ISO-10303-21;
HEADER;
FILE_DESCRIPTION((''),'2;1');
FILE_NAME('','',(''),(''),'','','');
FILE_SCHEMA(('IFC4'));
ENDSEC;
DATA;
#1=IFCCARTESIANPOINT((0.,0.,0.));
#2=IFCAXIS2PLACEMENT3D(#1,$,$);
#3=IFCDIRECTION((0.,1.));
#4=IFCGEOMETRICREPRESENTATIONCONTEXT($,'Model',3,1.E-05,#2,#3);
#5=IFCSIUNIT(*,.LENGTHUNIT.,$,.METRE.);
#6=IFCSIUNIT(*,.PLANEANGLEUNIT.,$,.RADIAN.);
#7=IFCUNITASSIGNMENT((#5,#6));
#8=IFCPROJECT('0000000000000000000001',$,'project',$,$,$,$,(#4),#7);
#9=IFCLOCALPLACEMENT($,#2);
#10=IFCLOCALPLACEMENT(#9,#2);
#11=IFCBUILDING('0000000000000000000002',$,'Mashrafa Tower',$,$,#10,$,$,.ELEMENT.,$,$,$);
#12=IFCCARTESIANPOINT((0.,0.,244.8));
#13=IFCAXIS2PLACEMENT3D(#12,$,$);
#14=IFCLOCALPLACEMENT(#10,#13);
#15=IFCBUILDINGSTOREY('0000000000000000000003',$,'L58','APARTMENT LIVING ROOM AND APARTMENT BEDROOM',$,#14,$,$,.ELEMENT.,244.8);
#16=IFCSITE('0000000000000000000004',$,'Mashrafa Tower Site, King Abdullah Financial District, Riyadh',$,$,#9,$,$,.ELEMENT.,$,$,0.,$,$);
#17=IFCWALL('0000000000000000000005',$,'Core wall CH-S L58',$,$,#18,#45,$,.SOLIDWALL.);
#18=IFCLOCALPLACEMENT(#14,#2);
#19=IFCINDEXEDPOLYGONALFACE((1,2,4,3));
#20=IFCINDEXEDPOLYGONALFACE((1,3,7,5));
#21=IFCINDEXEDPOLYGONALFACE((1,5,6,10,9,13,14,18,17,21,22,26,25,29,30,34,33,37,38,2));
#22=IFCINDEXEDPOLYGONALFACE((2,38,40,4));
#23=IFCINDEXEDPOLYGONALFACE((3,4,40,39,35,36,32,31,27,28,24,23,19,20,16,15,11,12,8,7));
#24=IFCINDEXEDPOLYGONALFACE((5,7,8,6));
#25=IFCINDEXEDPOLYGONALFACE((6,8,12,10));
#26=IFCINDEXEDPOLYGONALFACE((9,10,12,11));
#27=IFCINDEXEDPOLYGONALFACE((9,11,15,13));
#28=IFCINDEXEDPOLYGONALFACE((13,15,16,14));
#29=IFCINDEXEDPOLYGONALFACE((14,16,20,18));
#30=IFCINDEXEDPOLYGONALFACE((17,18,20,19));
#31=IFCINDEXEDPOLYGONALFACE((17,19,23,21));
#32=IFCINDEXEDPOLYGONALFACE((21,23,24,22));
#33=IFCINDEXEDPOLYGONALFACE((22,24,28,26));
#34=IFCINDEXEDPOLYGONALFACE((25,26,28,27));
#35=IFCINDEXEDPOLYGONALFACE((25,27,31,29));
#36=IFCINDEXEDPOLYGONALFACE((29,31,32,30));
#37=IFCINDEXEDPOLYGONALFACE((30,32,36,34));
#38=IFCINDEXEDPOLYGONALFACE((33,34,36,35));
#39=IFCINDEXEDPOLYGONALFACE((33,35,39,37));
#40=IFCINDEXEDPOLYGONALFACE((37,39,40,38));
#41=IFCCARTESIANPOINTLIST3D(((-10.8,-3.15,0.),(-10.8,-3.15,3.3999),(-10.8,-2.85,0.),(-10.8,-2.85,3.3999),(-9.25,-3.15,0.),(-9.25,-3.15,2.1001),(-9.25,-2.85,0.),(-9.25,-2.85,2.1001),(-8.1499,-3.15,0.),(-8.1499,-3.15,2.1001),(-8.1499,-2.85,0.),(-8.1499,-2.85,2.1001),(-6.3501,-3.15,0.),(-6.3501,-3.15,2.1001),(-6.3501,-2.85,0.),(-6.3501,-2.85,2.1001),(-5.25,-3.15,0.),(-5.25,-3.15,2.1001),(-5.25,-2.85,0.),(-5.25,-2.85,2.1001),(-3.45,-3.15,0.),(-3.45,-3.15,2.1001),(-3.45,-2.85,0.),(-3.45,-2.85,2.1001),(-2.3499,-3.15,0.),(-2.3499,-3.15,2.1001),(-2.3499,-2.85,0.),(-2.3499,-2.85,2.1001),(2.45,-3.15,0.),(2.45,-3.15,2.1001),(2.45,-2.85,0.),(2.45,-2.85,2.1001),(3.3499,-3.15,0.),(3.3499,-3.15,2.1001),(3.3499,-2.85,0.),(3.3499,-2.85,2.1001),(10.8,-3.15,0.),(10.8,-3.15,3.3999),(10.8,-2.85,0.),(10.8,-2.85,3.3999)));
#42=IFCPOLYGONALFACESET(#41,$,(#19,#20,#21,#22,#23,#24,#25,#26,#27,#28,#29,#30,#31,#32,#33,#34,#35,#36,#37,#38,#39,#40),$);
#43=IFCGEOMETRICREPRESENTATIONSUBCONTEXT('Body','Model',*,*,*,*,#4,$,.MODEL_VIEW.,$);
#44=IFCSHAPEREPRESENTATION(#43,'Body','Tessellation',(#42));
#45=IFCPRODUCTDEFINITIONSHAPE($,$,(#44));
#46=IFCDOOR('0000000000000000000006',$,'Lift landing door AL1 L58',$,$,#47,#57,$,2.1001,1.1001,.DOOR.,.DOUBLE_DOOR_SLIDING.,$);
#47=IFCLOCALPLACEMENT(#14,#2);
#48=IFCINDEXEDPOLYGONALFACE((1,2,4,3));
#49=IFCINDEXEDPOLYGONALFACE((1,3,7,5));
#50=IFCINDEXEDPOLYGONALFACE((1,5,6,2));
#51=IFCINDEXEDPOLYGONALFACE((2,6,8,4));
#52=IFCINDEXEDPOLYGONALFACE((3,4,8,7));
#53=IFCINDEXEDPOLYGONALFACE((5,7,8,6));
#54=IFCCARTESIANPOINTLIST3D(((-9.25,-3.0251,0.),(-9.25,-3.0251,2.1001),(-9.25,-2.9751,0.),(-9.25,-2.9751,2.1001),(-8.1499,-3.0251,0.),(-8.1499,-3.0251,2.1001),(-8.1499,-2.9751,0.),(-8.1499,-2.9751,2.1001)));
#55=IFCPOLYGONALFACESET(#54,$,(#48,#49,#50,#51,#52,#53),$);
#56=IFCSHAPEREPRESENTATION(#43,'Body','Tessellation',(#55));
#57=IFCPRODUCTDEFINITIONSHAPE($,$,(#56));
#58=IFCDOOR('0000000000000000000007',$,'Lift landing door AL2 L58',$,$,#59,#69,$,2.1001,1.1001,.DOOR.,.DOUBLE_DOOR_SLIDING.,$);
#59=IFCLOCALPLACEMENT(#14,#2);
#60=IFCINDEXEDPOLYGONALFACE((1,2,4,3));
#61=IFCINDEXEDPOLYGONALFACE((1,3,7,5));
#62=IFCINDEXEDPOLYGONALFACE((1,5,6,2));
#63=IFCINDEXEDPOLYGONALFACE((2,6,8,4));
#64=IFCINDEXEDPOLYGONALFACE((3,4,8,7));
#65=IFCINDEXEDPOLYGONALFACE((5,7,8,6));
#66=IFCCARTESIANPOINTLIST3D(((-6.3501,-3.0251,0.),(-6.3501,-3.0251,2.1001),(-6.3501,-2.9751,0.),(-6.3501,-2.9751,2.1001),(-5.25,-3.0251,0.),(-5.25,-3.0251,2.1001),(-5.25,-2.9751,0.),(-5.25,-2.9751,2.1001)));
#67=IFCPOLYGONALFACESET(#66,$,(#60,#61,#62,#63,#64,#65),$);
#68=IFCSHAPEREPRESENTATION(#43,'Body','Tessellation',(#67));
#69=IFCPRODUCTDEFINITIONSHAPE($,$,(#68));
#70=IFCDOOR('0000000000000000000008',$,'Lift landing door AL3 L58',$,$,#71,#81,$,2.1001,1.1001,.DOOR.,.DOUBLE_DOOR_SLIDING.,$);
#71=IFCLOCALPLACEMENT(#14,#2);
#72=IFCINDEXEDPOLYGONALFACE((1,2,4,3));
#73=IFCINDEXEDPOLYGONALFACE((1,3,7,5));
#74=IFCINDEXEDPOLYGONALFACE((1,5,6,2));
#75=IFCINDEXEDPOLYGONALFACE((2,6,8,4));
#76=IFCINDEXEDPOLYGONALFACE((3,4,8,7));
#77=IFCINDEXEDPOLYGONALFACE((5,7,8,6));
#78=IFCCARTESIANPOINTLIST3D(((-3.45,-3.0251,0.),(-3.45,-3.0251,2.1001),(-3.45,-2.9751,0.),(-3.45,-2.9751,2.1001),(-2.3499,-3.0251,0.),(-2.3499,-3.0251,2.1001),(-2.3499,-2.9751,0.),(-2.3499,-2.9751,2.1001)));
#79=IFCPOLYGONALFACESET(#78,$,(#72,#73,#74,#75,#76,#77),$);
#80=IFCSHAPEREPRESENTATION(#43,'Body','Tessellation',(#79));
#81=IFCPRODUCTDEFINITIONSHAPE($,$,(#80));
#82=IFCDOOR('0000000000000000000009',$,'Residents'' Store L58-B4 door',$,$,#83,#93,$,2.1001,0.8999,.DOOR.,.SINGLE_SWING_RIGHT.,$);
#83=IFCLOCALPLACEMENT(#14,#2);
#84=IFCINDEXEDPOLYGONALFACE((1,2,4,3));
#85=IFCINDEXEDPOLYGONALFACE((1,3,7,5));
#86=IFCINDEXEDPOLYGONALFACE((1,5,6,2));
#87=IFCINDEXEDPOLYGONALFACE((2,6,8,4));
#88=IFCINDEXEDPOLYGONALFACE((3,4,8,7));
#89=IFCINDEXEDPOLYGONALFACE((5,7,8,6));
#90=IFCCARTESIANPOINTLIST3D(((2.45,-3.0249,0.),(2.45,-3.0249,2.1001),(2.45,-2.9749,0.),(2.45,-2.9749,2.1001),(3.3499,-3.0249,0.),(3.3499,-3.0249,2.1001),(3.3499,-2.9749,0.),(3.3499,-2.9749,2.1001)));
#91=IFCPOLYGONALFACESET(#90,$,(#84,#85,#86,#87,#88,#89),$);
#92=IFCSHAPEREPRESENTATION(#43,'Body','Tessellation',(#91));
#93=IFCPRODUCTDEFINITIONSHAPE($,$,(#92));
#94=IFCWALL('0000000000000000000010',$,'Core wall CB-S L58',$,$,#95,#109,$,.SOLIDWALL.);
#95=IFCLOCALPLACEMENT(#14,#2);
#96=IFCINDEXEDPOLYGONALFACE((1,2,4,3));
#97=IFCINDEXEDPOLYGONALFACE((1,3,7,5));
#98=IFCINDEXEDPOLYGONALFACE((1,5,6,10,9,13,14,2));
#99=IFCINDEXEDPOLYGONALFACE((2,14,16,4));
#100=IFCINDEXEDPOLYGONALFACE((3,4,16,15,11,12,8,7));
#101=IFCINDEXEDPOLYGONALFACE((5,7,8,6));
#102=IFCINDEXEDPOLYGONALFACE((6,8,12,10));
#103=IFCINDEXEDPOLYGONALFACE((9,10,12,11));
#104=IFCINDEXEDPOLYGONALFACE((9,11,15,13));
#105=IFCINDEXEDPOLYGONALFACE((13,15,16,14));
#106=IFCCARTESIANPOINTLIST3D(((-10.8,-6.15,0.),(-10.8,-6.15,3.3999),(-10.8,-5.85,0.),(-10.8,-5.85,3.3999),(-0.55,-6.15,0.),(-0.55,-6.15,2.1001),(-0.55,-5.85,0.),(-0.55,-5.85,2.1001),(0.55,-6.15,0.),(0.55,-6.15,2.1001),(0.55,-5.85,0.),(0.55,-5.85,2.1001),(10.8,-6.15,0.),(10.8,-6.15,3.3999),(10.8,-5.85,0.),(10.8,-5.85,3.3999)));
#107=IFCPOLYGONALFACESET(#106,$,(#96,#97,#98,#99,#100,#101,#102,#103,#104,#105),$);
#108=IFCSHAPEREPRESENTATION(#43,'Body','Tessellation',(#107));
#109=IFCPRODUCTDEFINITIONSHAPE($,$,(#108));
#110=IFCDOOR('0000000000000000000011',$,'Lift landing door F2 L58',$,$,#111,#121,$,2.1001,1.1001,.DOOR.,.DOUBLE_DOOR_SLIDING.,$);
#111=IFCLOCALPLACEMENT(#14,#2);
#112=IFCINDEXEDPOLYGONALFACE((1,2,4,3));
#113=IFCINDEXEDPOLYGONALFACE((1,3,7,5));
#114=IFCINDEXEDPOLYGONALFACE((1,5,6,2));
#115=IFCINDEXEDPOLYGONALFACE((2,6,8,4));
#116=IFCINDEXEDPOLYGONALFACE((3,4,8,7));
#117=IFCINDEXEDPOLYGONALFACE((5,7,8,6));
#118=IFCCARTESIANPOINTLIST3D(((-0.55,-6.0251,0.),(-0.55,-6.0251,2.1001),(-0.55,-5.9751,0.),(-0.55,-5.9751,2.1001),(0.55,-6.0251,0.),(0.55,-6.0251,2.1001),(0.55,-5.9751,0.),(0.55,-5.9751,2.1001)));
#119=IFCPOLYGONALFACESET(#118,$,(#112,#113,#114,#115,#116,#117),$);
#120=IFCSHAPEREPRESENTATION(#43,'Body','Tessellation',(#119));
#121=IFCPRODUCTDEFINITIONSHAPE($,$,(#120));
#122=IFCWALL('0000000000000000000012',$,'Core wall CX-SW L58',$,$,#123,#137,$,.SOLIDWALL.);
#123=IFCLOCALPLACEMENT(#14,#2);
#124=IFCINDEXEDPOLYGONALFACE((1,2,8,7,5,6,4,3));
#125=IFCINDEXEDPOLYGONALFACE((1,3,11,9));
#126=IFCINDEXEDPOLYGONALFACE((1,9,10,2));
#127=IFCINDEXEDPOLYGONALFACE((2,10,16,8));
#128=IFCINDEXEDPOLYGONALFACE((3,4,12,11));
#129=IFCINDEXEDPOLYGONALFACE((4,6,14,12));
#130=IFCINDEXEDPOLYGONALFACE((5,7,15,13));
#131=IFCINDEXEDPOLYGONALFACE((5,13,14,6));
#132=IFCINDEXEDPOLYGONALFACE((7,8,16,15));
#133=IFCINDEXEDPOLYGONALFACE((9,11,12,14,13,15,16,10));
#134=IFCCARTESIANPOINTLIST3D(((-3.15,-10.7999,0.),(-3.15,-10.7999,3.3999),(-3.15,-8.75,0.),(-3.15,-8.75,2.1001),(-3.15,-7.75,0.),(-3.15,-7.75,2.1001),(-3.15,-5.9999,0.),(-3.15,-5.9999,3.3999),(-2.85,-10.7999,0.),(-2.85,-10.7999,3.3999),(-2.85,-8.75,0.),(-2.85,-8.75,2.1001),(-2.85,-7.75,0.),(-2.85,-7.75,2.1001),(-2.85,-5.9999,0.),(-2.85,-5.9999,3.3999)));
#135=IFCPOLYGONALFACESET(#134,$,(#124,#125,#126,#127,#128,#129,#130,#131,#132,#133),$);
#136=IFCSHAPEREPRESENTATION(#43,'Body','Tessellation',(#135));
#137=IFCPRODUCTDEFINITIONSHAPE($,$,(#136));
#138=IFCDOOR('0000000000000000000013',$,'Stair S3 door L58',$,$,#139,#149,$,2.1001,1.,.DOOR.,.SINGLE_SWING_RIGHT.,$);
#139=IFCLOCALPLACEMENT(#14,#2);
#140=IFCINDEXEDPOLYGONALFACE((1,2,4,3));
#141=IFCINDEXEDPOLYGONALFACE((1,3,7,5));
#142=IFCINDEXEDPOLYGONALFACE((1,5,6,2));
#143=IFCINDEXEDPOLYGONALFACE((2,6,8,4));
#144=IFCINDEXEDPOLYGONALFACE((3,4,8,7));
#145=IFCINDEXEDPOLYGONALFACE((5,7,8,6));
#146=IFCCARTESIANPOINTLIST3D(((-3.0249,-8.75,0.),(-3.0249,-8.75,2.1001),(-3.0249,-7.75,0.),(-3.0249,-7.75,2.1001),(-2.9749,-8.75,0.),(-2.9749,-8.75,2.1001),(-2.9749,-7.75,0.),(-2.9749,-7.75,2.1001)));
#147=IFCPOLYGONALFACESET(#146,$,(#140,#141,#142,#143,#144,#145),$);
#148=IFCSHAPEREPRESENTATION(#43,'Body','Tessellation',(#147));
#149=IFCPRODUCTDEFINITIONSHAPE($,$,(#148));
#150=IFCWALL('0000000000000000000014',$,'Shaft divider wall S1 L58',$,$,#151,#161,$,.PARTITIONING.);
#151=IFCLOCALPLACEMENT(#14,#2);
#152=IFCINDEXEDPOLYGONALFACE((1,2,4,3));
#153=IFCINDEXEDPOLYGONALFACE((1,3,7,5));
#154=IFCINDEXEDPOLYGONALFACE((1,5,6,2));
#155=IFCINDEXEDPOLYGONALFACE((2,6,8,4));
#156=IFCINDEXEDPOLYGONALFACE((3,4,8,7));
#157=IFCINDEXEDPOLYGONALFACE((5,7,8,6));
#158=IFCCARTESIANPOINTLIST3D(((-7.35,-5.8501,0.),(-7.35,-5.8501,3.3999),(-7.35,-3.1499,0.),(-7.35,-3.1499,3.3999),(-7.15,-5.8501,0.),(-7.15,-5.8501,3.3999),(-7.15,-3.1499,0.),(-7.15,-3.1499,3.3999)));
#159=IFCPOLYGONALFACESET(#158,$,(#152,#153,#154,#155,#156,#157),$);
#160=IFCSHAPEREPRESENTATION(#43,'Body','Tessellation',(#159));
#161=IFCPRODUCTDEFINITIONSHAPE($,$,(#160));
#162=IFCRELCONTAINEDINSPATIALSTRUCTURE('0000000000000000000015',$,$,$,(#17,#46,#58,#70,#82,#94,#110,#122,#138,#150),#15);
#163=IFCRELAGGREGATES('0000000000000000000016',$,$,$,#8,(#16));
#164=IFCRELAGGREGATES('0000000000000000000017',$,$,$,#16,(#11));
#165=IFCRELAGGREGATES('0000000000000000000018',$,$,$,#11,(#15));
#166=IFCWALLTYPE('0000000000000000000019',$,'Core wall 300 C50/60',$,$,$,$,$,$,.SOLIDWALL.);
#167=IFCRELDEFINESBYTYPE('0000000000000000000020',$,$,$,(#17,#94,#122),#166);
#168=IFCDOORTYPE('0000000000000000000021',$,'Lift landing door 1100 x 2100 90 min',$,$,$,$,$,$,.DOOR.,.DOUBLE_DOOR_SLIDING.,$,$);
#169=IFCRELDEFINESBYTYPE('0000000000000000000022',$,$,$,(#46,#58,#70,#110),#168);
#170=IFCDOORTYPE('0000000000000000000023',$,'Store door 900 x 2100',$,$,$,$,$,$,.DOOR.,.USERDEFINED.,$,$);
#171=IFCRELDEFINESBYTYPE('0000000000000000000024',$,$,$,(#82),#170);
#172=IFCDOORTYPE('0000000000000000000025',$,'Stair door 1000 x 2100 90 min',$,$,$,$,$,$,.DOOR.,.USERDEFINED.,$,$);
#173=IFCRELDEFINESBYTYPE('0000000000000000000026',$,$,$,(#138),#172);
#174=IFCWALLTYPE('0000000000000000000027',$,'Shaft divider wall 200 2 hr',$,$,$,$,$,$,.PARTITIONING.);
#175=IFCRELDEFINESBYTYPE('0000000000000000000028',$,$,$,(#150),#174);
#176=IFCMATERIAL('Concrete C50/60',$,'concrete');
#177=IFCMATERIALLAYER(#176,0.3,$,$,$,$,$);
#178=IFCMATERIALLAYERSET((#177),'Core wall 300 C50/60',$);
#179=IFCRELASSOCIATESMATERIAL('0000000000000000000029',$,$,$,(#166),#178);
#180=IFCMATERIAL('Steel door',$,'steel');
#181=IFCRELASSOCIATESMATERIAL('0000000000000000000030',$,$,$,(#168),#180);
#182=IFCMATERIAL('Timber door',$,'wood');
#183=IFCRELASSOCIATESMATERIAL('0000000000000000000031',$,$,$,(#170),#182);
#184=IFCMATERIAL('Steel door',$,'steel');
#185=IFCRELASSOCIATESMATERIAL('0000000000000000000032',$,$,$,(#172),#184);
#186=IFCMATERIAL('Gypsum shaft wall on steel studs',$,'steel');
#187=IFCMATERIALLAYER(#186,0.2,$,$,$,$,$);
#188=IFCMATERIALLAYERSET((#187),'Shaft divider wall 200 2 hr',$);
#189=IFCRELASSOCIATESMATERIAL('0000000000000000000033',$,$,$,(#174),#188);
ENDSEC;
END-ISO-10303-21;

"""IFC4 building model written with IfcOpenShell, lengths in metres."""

from ifc_helpers import new_model, si_unit, direction, frame, frame_2d, origin, place, context, subcontext, project, spatial, rectangle, extrude, material, layer, layer_set, type_object, element, fill, save


model = new_model("IFC4")

# Units and contexts
model_context = context("Model", 3, precision=1e-05, world=origin(), true_north=direction((0.0, 1.0)))
body_context = subcontext(model_context, "Body", "Model", "MODEL_VIEW")
ifc_project = project(units=[si_unit("LENGTHUNIT", "METRE"), si_unit("PLANEANGLEUNIT", "RADIAN")], contexts=[model_context])

# Site, building, storey
site_placement = place(None, origin())
site = spatial("IfcSite", under=ifc_project, at=site_placement, Name="Mashrafa Tower Site, King Abdullah Financial District, Riyadh", CompositionType="ELEMENT", RefElevation=0.0)
building_placement = place(site_placement, origin())
building = spatial("IfcBuilding", under=site, at=building_placement, Name="Mashrafa Tower", CompositionType="ELEMENT")
storey_placement = place(building_placement, frame((0.0, 0.0, 244.8)))
storey = spatial("IfcBuildingStorey", under=building, at=storey_placement, Name="L58", Description="APARTMENT LIVING ROOM AND APARTMENT BEDROOM", CompositionType="ELEMENT", Elevation=244.8)

# Wall, openings, doors
ifc_material_1 = material(Name="Concrete C50/60", Category="concrete")
ifc_layer_1 = layer(ifc_material_1, 0.3)
ifc_layer_set_1 = layer_set([ifc_layer_1], Name="Core wall 300 C50/60")
wall_type_1 = type_object("IfcWallType", Name="Core wall 300 C50/60", PredefinedType="SOLIDWALL", material=ifc_layer_set_1)
wall_1_placement = place(storey_placement, frame((-10.8, -3.0, 0.0), z_axis=(0.0, 0.0, 1.0), x_axis=(1.0, 0.0, 0.0)))
wall_1 = element("IfcWall", 1, at=wall_1_placement, inside=storey, type_object=wall_type_1, Name="Core wall CH-S L58", PredefinedType="SOLIDWALL", context=body_context, shape_type="SweptSolid", body=[
    extrude(rectangle(XDim=21.6001, YDim=0.3, at=frame_2d((10.8, 0.0))), origin(), (0.0, 0.0, 1.0), 3.3999),
])
opening_1_placement = place(wall_1_placement, frame((13.25, 0.0, 0.0)))
opening_1 = element("IfcOpeningElement", 2, at=opening_1_placement, cuts=wall_1, PredefinedType="OPENING", context=body_context, shape_type="SweptSolid", body=[
    extrude(rectangle(XDim=0.8999, YDim=2.1001, at=frame_2d((0.45, 1.05))), frame((0.0, 0.1599, 0.0), z_axis=(0.0, -1.0, 0.0), x_axis=(1.0, 0.0, 0.0)), (0.0, 0.0, 1.0), 0.3201),
])
opening_2_placement = place(wall_1_placement, frame((1.55, 0.0, 0.0)))
opening_2 = element("IfcOpeningElement", 3, at=opening_2_placement, cuts=wall_1, PredefinedType="OPENING", context=body_context, shape_type="SweptSolid", body=[
    extrude(rectangle(XDim=1.1001, YDim=2.1001, at=frame_2d((0.55, 1.05))), frame((0.0, 0.1599, 0.0), z_axis=(0.0, -1.0, 0.0), x_axis=(1.0, 0.0, 0.0)), (0.0, 0.0, 1.0), 0.3201),
])
opening_3_placement = place(wall_1_placement, frame((4.45, 0.0, 0.0)))
opening_3 = element("IfcOpeningElement", 4, at=opening_3_placement, cuts=wall_1, PredefinedType="OPENING", context=body_context, shape_type="SweptSolid", body=[
    extrude(rectangle(XDim=1.1001, YDim=2.1001, at=frame_2d((0.55, 1.05))), frame((0.0, 0.1599, 0.0), z_axis=(0.0, -1.0, 0.0), x_axis=(1.0, 0.0, 0.0)), (0.0, 0.0, 1.0), 0.3201),
])
opening_4_placement = place(wall_1_placement, frame((7.3501, 0.0, 0.0)))
opening_4 = element("IfcOpeningElement", 5, at=opening_4_placement, cuts=wall_1, PredefinedType="OPENING", context=body_context, shape_type="SweptSolid", body=[
    extrude(rectangle(XDim=1.1001, YDim=2.1001, at=frame_2d((0.55, 1.05))), frame((0.0, 0.1599, 0.0), z_axis=(0.0, -1.0, 0.0), x_axis=(1.0, 0.0, 0.0)), (0.0, 0.0, 1.0), 0.3201),
])
ifc_material_2 = material(Name="Steel door", Category="steel")
door_type_1 = type_object("IfcDoorType", Name="Lift landing door 1100 x 2100 90 min", OperationType="DOUBLE_DOOR_SLIDING", PredefinedType="DOOR", material=ifc_material_2)
door_1_placement = place(opening_2_placement, origin())
door_1 = element("IfcDoor", 6, at=door_1_placement, inside=storey, type_object=door_type_1, Name="Lift landing door AL1 L58", OperationType="DOUBLE_DOOR_SLIDING", OverallHeight=2.1001, OverallWidth=1.1001, PredefinedType="DOOR", context=body_context, shape_type="SweptSolid", body=[
    extrude(rectangle(XDim=1.1001, YDim=2.1001, at=frame_2d((0.55, 1.05))), frame((0.0, 0.0249, 0.0), z_axis=(0.0, -1.0, 0.0), x_axis=(1.0, 0.0, 0.0)), (0.0, 0.0, 1.0), 0.05),
])
fill(opening_2, door_1)
door_2_placement = place(opening_3_placement, origin())
door_2 = element("IfcDoor", 7, at=door_2_placement, inside=storey, type_object=door_type_1, Name="Lift landing door AL2 L58", OperationType="DOUBLE_DOOR_SLIDING", OverallHeight=2.1001, OverallWidth=1.1001, PredefinedType="DOOR", context=body_context, shape_type="SweptSolid", body=[
    extrude(rectangle(XDim=1.1001, YDim=2.1001, at=frame_2d((0.55, 1.05))), frame((0.0, 0.0249, 0.0), z_axis=(0.0, -1.0, 0.0), x_axis=(1.0, 0.0, 0.0)), (0.0, 0.0, 1.0), 0.05),
])
fill(opening_3, door_2)
door_3_placement = place(opening_4_placement, origin())
door_3 = element("IfcDoor", 8, at=door_3_placement, inside=storey, type_object=door_type_1, Name="Lift landing door AL3 L58", OperationType="DOUBLE_DOOR_SLIDING", OverallHeight=2.1001, OverallWidth=1.1001, PredefinedType="DOOR", context=body_context, shape_type="SweptSolid", body=[
    extrude(rectangle(XDim=1.1001, YDim=2.1001, at=frame_2d((0.55, 1.05))), frame((0.0, 0.0249, 0.0), z_axis=(0.0, -1.0, 0.0), x_axis=(1.0, 0.0, 0.0)), (0.0, 0.0, 1.0), 0.05),
])
fill(opening_4, door_3)
ifc_material_3 = material(Name="Timber door", Category="wood")
door_type_2 = type_object("IfcDoorType", Name="Store door 900 x 2100", OperationType="USERDEFINED", PredefinedType="DOOR", material=ifc_material_3)
door_4_placement = place(opening_1_placement, frame((0.8999, 0.0, 0.0), z_axis=(0.0, 0.0, 1.0), x_axis=(-1.0, 0.0, 0.0)))
door_4 = element("IfcDoor", 9, at=door_4_placement, inside=storey, type_object=door_type_2, Name="Residents' Store L58-B4 door", OperationType="SINGLE_SWING_RIGHT", OverallHeight=2.1001, OverallWidth=0.8999, PredefinedType="DOOR", context=body_context, shape_type="SweptSolid", body=[
    extrude(rectangle(XDim=0.8999, YDim=2.1001, at=frame_2d((0.45, 1.05))), frame((0.0, 0.0249, 0.0), z_axis=(0.0, -1.0, 0.0), x_axis=(1.0, 0.0, 0.0)), (0.0, 0.0, 1.0), 0.05),
])
fill(opening_1, door_4)

# Walls, openings, doors
wall_2_placement = place(storey_placement, frame((-10.8, -6.0, 0.0), z_axis=(0.0, 0.0, 1.0), x_axis=(1.0, 0.0, 0.0)))
wall_2 = element("IfcWall", 10, at=wall_2_placement, inside=storey, type_object=wall_type_1, Name="Core wall CB-S L58", PredefinedType="SOLIDWALL", context=body_context, shape_type="SweptSolid", body=[
    extrude(rectangle(XDim=21.6001, YDim=0.3, at=frame_2d((10.8, 0.0))), origin(), (0.0, 0.0, 1.0), 3.3999),
])
opening_5_placement = place(wall_2_placement, frame((10.25, 0.0, 0.0)))
opening_5 = element("IfcOpeningElement", 11, at=opening_5_placement, cuts=wall_2, PredefinedType="OPENING", context=body_context, shape_type="SweptSolid", body=[
    extrude(rectangle(XDim=1.1001, YDim=2.1001, at=frame_2d((0.55, 1.05))), frame((0.0, 0.1599, 0.0), z_axis=(0.0, -1.0, 0.0), x_axis=(1.0, 0.0, 0.0)), (0.0, 0.0, 1.0), 0.3201),
])
door_5_placement = place(opening_5_placement, origin())
door_5 = element("IfcDoor", 12, at=door_5_placement, inside=storey, type_object=door_type_1, Name="Lift landing door F2 L58", OperationType="DOUBLE_DOOR_SLIDING", OverallHeight=2.1001, OverallWidth=1.1001, PredefinedType="DOOR", context=body_context, shape_type="SweptSolid", body=[
    extrude(rectangle(XDim=1.1001, YDim=2.1001, at=frame_2d((0.55, 1.05))), frame((0.0, 0.0249, 0.0), z_axis=(0.0, -1.0, 0.0), x_axis=(1.0, 0.0, 0.0)), (0.0, 0.0, 1.0), 0.05),
])
fill(opening_5, door_5)
wall_3_placement = place(storey_placement, frame((-3.0, -6.0, 0.0), z_axis=(0.0, 0.0, 1.0), x_axis=(0.0, -1.0, 0.0)))
wall_3 = element("IfcWall", 13, at=wall_3_placement, inside=storey, type_object=wall_type_1, Name="Core wall CX-SW L58", PredefinedType="SOLIDWALL", context=body_context, shape_type="SweptSolid", body=[
    extrude(rectangle(XDim=4.8, YDim=0.3, at=frame_2d((2.3999, 0.0))), origin(), (0.0, 0.0, 1.0), 3.3999),
])
opening_6_placement = place(wall_3_placement, frame((1.75, 0.0, 0.0)))
opening_6 = element("IfcOpeningElement", 14, at=opening_6_placement, cuts=wall_3, PredefinedType="OPENING", context=body_context, shape_type="SweptSolid", body=[
    extrude(rectangle(XDim=1.0, YDim=2.1001, at=frame_2d((0.5, 1.05))), frame((0.0, 0.1599, 0.0), z_axis=(0.0, -1.0, 0.0), x_axis=(1.0, 0.0, 0.0)), (0.0, 0.0, 1.0), 0.3201),
])
ifc_material_4 = material(Name="Steel door", Category="steel")
door_type_3 = type_object("IfcDoorType", Name="Stair door 1000 x 2100 90 min", OperationType="USERDEFINED", PredefinedType="DOOR", material=ifc_material_4)
door_6_placement = place(opening_6_placement, frame((1.0, 0.0, 0.0), z_axis=(0.0, 0.0, 1.0), x_axis=(-1.0, 0.0, 0.0)))
door_6 = element("IfcDoor", 15, at=door_6_placement, inside=storey, type_object=door_type_3, Name="Stair S3 door L58", OperationType="SINGLE_SWING_RIGHT", OverallHeight=2.1001, OverallWidth=1.0, PredefinedType="DOOR", context=body_context, shape_type="SweptSolid", body=[
    extrude(rectangle(XDim=1.0, YDim=2.1001, at=frame_2d((0.5, 1.05))), frame((0.0, 0.0249, 0.0), z_axis=(0.0, -1.0, 0.0), x_axis=(1.0, 0.0, 0.0)), (0.0, 0.0, 1.0), 0.05),
])
fill(opening_6, door_6)

# Wall
ifc_material_5 = material(Name="Gypsum shaft wall on steel studs", Category="steel")
ifc_layer_2 = layer(ifc_material_5, 0.2)
ifc_layer_set_2 = layer_set([ifc_layer_2], Name="Shaft divider wall 200 2 hr")
wall_type_2 = type_object("IfcWallType", Name="Shaft divider wall 200 2 hr", PredefinedType="PARTITIONING", material=ifc_layer_set_2)
for number, where, z_axis, x_axis, name in (
    (16, (-7.25, -5.8501, 0.0), (0.0, 0.0, 1.0), (0.0, 1.0, 0.0), "Shaft divider wall S1 L58"),
):
    element("IfcWall", number, at=place(storey_placement, frame(where, z_axis=z_axis, x_axis=x_axis)), inside=storey, type_object=wall_type_2, Name=name, PredefinedType="PARTITIONING", context=body_context, shape_type="SweptSolid", body=[
        extrude(rectangle(XDim=2.7002, YDim=0.2, at=frame_2d((1.3501, 0.0))), origin(), (0.0, 0.0, 1.0), 3.3999),
    ])

save(model, "model.ifc")
